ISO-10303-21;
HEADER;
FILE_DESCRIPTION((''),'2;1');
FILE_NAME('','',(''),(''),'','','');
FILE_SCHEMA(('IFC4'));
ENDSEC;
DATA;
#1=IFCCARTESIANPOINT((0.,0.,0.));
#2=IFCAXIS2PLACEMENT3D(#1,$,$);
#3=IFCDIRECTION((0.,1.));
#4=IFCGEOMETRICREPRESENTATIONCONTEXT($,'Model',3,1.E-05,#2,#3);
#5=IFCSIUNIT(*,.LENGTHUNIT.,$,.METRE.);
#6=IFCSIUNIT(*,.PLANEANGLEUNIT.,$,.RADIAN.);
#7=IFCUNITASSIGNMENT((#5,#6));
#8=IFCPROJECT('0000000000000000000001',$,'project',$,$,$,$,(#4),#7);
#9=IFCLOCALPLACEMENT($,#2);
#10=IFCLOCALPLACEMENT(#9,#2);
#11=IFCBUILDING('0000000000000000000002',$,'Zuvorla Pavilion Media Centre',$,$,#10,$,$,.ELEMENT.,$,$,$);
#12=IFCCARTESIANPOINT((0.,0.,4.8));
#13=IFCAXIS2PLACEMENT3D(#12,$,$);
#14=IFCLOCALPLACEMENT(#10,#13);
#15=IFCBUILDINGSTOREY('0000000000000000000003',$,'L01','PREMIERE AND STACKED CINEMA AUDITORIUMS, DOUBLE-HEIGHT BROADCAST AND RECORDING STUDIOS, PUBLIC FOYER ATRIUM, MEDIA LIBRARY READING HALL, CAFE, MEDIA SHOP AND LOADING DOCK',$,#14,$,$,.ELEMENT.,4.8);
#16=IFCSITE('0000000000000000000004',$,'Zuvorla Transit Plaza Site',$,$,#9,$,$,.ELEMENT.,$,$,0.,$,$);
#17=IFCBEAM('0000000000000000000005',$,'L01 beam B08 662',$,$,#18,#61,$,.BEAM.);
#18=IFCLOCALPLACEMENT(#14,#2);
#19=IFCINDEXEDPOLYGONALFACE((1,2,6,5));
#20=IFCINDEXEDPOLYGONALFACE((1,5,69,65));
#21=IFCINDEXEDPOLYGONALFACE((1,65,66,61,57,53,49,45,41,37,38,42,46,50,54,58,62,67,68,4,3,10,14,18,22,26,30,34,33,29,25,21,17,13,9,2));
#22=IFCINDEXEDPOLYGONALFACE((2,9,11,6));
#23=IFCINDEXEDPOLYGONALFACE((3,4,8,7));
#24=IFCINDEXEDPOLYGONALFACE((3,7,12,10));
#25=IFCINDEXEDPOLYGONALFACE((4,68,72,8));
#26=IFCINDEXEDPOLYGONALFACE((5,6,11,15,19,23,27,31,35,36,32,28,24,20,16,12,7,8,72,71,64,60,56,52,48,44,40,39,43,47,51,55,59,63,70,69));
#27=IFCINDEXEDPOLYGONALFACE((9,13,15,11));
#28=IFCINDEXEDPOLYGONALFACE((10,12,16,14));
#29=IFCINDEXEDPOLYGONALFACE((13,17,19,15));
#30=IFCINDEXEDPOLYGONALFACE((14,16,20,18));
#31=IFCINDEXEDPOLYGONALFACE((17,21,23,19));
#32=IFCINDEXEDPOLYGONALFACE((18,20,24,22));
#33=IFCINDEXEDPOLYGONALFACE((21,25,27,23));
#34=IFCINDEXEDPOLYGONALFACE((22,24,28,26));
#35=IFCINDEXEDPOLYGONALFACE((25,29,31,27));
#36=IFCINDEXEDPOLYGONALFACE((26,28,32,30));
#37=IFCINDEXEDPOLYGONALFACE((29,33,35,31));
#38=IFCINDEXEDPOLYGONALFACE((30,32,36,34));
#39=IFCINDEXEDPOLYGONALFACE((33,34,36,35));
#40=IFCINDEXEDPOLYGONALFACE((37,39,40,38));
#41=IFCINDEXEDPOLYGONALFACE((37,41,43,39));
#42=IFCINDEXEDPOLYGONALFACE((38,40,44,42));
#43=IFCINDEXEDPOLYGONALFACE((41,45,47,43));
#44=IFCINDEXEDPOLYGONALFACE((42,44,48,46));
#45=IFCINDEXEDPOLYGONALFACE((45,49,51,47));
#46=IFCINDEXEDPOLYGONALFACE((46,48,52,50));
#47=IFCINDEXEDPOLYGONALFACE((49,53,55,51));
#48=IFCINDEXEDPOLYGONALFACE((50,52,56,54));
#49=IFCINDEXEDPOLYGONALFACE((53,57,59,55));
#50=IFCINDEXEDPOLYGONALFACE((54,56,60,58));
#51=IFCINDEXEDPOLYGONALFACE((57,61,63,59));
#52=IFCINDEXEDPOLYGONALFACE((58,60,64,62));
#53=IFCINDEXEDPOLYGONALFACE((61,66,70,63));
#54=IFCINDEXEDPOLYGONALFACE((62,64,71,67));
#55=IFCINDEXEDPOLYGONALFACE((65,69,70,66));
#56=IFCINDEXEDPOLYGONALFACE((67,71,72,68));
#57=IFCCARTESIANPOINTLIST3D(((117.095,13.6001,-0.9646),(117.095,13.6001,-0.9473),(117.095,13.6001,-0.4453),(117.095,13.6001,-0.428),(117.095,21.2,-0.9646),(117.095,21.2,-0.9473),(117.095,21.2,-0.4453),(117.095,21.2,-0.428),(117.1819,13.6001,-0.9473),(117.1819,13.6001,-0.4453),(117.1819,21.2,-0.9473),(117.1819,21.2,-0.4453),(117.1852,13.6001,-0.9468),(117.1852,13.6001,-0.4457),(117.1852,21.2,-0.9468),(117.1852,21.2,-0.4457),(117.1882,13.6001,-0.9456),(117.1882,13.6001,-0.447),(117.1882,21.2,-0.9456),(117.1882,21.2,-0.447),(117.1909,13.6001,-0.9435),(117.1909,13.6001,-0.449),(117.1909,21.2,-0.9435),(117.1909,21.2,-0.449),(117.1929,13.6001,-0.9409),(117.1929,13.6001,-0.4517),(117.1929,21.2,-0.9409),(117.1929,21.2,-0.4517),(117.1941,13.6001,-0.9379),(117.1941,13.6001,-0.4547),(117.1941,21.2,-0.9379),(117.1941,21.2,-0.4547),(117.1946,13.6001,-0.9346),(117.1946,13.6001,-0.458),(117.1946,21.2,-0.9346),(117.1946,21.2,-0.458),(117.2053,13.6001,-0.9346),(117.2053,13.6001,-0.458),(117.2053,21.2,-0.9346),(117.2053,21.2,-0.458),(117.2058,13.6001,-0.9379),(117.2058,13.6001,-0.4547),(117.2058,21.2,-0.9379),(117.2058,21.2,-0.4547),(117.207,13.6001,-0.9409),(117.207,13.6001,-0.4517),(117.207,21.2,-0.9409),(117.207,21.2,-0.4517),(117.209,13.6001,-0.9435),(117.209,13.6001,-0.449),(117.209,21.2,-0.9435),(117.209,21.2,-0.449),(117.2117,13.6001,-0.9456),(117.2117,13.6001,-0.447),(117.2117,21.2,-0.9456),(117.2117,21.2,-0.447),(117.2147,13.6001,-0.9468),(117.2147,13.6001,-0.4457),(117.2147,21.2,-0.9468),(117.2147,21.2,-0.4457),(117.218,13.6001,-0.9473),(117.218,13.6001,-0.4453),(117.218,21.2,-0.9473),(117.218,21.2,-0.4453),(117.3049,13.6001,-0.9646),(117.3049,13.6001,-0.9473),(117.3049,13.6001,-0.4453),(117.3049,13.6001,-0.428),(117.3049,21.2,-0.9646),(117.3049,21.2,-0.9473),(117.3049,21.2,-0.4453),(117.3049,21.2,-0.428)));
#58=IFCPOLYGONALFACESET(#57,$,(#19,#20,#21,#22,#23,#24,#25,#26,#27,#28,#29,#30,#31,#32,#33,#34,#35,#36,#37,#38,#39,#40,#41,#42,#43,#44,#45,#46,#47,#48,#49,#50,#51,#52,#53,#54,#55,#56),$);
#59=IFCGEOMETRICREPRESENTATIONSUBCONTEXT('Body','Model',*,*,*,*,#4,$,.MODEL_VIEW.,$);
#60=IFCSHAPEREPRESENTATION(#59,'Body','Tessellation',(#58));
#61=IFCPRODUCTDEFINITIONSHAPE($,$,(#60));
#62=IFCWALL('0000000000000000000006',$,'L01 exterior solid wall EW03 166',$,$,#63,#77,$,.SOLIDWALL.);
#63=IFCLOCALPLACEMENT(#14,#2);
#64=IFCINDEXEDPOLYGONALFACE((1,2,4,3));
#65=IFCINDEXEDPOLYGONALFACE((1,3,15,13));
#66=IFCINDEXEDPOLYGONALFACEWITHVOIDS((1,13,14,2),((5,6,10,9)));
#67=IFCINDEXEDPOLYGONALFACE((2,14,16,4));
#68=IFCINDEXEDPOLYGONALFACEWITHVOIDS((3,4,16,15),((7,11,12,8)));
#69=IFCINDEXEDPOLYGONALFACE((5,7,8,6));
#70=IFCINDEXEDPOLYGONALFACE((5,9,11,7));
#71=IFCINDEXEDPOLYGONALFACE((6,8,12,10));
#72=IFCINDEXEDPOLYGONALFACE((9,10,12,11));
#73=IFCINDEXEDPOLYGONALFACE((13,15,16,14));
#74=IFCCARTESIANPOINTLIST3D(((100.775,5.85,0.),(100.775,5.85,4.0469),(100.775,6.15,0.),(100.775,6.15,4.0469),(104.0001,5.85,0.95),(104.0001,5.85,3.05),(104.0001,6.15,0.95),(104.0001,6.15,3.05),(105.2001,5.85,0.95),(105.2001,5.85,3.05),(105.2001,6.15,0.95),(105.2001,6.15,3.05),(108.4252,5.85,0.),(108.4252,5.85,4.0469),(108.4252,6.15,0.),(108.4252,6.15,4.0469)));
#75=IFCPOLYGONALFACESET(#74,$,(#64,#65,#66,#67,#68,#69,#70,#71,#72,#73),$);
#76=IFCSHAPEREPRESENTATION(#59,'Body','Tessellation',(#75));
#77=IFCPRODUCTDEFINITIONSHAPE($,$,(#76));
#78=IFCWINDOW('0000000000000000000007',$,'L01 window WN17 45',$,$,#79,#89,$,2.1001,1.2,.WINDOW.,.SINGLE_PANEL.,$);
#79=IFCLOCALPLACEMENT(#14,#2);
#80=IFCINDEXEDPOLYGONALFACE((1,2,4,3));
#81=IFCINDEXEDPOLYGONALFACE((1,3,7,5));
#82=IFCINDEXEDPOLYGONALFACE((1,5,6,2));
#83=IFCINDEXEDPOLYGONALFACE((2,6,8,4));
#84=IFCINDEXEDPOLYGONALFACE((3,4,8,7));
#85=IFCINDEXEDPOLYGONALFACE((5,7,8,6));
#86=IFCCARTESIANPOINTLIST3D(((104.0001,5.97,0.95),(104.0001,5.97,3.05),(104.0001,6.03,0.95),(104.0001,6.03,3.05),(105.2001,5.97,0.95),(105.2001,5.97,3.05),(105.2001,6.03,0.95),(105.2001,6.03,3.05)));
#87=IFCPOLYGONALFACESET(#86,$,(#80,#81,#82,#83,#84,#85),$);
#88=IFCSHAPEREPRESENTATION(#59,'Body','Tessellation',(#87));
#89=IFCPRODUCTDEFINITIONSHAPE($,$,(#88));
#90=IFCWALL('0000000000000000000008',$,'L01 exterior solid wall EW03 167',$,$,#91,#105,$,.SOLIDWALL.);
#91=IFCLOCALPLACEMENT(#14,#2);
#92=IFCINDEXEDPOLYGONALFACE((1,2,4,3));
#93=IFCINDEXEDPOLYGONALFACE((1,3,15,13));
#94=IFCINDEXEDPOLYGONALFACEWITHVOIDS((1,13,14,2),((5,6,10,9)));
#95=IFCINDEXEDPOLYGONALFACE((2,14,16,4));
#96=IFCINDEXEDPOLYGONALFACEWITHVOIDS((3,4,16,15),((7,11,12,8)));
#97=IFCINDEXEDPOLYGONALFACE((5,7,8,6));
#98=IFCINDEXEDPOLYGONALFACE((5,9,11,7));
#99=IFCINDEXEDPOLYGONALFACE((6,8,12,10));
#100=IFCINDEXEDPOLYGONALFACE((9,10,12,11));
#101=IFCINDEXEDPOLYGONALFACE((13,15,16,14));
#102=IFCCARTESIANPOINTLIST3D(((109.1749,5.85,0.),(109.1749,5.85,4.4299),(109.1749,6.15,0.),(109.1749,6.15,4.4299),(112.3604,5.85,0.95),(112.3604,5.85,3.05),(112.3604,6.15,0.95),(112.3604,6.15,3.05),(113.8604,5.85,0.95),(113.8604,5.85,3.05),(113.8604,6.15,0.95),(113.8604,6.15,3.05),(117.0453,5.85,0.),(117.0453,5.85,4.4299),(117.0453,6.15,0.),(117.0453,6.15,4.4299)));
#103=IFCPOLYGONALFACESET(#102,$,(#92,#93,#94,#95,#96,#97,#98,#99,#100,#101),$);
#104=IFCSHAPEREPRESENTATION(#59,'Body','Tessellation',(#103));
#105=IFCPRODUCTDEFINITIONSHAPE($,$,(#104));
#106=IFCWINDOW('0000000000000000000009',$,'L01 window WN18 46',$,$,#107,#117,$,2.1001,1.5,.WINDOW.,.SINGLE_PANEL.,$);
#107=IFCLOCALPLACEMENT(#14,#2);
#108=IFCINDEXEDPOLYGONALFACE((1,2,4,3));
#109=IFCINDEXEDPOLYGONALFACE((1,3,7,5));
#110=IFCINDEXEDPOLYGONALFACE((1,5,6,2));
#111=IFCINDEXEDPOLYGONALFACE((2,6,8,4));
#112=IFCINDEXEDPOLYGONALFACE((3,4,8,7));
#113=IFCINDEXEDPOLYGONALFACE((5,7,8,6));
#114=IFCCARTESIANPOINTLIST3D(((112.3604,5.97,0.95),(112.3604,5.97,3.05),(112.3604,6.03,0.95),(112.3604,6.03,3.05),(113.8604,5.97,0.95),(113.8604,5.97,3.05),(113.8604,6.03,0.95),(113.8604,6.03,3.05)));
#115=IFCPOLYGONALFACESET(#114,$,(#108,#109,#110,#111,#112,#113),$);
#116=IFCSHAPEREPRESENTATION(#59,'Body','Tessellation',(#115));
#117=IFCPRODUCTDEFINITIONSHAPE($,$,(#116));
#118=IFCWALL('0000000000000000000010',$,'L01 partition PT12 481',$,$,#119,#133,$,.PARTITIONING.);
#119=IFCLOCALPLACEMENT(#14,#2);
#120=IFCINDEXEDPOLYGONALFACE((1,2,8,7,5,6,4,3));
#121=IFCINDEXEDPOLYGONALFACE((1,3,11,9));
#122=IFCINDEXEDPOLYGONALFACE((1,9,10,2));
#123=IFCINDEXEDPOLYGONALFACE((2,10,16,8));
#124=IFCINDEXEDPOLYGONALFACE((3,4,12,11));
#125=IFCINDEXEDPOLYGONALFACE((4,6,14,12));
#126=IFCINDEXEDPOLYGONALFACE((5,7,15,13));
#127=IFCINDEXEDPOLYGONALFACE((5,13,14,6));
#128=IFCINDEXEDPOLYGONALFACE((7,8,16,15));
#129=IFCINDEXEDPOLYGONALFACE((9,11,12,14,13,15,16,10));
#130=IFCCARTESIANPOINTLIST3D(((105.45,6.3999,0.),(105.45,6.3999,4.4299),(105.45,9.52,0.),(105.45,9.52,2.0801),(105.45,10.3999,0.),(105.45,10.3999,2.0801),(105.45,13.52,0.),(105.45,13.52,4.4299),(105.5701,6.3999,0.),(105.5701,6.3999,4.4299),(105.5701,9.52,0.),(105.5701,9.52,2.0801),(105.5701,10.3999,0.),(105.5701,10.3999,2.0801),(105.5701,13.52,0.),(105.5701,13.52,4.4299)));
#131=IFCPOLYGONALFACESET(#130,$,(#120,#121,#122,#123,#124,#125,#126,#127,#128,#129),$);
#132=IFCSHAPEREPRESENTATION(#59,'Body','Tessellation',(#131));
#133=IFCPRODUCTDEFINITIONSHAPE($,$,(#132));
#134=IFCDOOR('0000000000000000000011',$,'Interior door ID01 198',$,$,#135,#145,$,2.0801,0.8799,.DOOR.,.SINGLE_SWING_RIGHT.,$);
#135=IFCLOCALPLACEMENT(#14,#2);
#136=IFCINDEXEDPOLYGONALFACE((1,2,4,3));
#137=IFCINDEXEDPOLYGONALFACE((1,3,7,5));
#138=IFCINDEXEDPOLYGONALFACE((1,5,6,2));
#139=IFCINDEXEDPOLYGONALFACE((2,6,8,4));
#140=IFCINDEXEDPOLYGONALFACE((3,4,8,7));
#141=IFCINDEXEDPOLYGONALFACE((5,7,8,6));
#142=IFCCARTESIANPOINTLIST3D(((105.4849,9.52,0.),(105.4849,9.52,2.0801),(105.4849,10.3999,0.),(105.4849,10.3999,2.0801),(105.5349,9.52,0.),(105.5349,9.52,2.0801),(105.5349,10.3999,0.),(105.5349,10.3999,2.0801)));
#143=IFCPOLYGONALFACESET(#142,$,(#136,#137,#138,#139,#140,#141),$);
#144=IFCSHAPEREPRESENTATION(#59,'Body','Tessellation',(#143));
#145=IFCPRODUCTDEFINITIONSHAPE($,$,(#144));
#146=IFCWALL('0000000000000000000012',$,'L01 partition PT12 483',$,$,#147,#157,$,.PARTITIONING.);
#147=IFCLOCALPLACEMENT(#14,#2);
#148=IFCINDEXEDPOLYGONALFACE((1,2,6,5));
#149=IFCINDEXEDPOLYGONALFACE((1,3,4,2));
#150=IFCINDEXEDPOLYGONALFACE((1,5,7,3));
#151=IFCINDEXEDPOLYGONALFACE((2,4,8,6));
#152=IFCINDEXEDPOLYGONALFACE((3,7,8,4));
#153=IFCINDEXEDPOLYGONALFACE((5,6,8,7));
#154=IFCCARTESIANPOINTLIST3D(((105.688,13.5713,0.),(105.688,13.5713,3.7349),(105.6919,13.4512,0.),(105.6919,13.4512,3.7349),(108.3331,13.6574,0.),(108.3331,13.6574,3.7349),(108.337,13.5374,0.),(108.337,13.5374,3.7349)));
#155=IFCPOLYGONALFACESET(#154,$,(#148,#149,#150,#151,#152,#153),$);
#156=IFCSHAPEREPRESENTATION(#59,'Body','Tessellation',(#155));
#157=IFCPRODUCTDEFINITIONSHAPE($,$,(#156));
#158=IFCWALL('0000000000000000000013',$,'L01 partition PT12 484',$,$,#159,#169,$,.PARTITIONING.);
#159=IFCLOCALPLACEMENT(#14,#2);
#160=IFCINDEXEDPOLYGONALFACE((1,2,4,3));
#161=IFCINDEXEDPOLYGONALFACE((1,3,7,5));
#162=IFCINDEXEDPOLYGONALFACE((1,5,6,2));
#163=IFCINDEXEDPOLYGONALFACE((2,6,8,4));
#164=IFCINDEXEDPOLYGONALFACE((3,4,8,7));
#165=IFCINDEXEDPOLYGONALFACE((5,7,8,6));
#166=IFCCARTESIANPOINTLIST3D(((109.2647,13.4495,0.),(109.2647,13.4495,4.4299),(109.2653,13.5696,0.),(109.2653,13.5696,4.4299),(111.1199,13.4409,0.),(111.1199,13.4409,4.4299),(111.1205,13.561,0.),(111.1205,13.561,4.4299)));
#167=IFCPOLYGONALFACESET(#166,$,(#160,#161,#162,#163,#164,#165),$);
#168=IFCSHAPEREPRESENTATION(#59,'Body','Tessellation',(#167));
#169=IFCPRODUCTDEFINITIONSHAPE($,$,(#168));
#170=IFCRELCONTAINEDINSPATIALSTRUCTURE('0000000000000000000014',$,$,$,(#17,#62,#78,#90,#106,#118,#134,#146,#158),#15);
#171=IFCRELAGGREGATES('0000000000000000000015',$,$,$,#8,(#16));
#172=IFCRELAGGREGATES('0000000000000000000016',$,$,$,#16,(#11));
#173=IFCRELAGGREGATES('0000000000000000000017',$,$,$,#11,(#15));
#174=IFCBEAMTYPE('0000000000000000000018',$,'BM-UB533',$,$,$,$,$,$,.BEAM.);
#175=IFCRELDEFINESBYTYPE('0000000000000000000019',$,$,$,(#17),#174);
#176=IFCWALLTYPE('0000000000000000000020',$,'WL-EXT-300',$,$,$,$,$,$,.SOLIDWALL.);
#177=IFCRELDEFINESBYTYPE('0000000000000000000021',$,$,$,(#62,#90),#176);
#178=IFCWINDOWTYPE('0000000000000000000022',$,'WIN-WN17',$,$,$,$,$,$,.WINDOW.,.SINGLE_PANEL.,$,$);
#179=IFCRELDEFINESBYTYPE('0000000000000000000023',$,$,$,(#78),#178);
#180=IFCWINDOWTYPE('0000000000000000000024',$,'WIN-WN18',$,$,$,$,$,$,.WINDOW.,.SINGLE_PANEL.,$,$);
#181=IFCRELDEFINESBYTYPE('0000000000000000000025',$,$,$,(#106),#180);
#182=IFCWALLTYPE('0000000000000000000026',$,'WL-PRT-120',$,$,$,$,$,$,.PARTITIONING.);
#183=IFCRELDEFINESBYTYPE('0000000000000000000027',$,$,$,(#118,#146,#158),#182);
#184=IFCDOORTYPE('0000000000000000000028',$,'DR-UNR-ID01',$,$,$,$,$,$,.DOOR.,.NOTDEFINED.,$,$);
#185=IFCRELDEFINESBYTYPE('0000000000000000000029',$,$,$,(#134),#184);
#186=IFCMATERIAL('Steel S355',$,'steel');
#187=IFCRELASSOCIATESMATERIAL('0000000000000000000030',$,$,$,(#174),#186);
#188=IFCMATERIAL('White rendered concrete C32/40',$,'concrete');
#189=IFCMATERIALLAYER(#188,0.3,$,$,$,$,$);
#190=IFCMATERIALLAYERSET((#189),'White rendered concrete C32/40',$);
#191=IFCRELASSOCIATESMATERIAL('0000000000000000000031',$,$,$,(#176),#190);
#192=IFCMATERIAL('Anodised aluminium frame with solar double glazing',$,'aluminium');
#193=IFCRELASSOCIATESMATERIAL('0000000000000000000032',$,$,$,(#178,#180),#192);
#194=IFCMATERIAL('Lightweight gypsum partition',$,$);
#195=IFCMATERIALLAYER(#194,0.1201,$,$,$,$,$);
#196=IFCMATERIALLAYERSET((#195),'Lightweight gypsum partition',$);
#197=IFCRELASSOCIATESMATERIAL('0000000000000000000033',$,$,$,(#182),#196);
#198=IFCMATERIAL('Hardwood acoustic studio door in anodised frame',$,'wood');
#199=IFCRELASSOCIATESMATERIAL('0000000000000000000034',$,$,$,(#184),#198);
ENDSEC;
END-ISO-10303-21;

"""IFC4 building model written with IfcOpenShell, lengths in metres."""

from ifc_helpers import new_model, si_unit, direction, frame, frame_2d, origin, origin_2d, place, context, subcontext, project, spatial, rectangle, i_section, extrude, material, layer, layer_set, material_profile, profile_set, type_object, element, fill, save


model = new_model("IFC4")

# Units and contexts
model_context = context("Model", 3, precision=1e-05, world=origin(), true_north=direction((0.0, 1.0)))
body_context = subcontext(model_context, "Body", "Model", "MODEL_VIEW")
ifc_project = project(units=[si_unit("LENGTHUNIT", "METRE"), si_unit("PLANEANGLEUNIT", "RADIAN")], contexts=[model_context])

# Site, building, storey
site_placement = place(None, origin())
site = spatial("IfcSite", under=ifc_project, at=site_placement, Name="Zuvorla Transit Plaza Site", CompositionType="ELEMENT", RefElevation=0.0)
building_placement = place(site_placement, origin())
building = spatial("IfcBuilding", under=site, at=building_placement, Name="Zuvorla Pavilion Media Centre", CompositionType="ELEMENT")
storey_placement = place(building_placement, frame((0.0, 0.0, 4.8)))
storey = spatial("IfcBuildingStorey", under=building, at=storey_placement, Name="L01", Description="PREMIERE AND STACKED CINEMA AUDITORIUMS, DOUBLE-HEIGHT BROADCAST AND RECORDING STUDIOS, PUBLIC FOYER ATRIUM, MEDIA LIBRARY READING HALL, CAFE, MEDIA SHOP AND LOADING DOCK", CompositionType="ELEMENT", Elevation=4.8)

# Shared definitions
ifc_material_1 = material(Name="Steel S355", Category="steel")

# Beam
ifc_material_profile_1 = material_profile(ifc_material_1, i_section(OverallWidth=0.21, OverallDepth=0.5366, WebThickness=0.0107, FlangeThickness=0.0173, FilletRadius=0.0127, at=origin_2d()), Name="UB 533x210x101")
ifc_profile_set_1 = profile_set([ifc_material_profile_1], Name="Steel S355")
beam_type_1 = type_object("IfcBeamType", Name="BM-UB533", PredefinedType="BEAM", material=ifc_profile_set_1)
beam_1_placement = place(storey_placement, frame((117.2, 13.6001, -0.6963), z_axis=(0.0, 1.0, 0.0), x_axis=(-1.0, 0.0, 0.0)))
element("IfcBeam", 1, at=beam_1_placement, inside=storey, type_object=beam_type_1, Name="L01 beam B08 662", PredefinedType="BEAM", context=body_context, shape_type="SweptSolid", body=[
    extrude(i_section(OverallWidth=0.21, OverallDepth=0.5366, WebThickness=0.0107, FlangeThickness=0.0173, FilletRadius=0.0127, at=origin_2d()), origin(), (0.0, 0.0, 1.0), 7.5999),
])

# Walls, openings, windows
ifc_material_2 = material(Name="White rendered concrete C32/40", Category="concrete")
ifc_layer_1 = layer(ifc_material_2, 0.3)
ifc_layer_set_1 = layer_set([ifc_layer_1], Name="White rendered concrete C32/40")
wall_type_1 = type_object("IfcWallType", Name="WL-EXT-300", PredefinedType="SOLIDWALL", material=ifc_layer_set_1)
wall_1_placement = place(storey_placement, frame((100.7749, 6.0, 0.0), z_axis=(0.0, 0.0, 1.0), x_axis=(1.0, 0.0, 0.0)))
wall_1 = element("IfcWall", 2, at=wall_1_placement, inside=storey, type_object=wall_type_1, Name="L01 exterior solid wall EW03 166", PredefinedType="SOLIDWALL", context=body_context, shape_type="SweptSolid", body=[
    extrude(rectangle(XDim=7.6501, YDim=0.3, at=frame_2d((3.8252, 0.0))), origin(), (0.0, 0.0, 1.0), 4.0469),
])
opening_1_placement = place(wall_1_placement, frame((3.2251, 0.0, 0.95)))
opening_1 = element("IfcOpeningElement", 3, at=opening_1_placement, cuts=wall_1, PredefinedType="OPENING", context=body_context, shape_type="SweptSolid", body=[
    extrude(rectangle(XDim=1.2, YDim=2.1001, at=frame_2d((0.6001, 1.05))), frame((0.0, 0.1599, 0.0), z_axis=(0.0, -1.0, 0.0), x_axis=(1.0, 0.0, 0.0)), (0.0, 0.0, 1.0), 0.3201),
])
ifc_material_3 = material(Name="Anodised aluminium frame with solar double glazing", Category="aluminium")
window_type_1 = type_object("IfcWindowType", Name="WIN-WN17", PartitioningType="SINGLE_PANEL", PredefinedType="WINDOW", material=ifc_material_3)
window_1_placement = place(opening_1_placement, origin())
window_1 = element("IfcWindow", 4, at=window_1_placement, inside=storey, type_object=window_type_1, Name="L01 window WN17 45", OverallHeight=2.1001, OverallWidth=1.2, PartitioningType="SINGLE_PANEL", PredefinedType="WINDOW", context=body_context, shape_type="SweptSolid", body=[
    extrude(rectangle(XDim=1.2, YDim=2.1001, at=frame_2d((0.6001, 1.05))), frame((0.0, 0.03, 0.0), z_axis=(0.0, -1.0, 0.0), x_axis=(1.0, 0.0, 0.0)), (0.0, 0.0, 1.0), 0.0601),
])
fill(opening_1, window_1)
wall_2_placement = place(storey_placement, frame((109.175, 6.0, 0.0), z_axis=(0.0, 0.0, 1.0), x_axis=(1.0, 0.0, 0.0)))
wall_2 = element("IfcWall", 5, at=wall_2_placement, inside=storey, type_object=wall_type_1, Name="L01 exterior solid wall EW03 167", PredefinedType="SOLIDWALL", context=body_context, shape_type="SweptSolid", body=[
    extrude(rectangle(XDim=7.8704, YDim=0.3, at=frame_2d((3.9351, 0.0))), origin(), (0.0, 0.0, 1.0), 4.4299),
])
opening_2_placement = place(wall_2_placement, frame((3.1853, 0.0, 0.95)))
opening_2 = element("IfcOpeningElement", 6, at=opening_2_placement, cuts=wall_2, PredefinedType="OPENING", context=body_context, shape_type="SweptSolid", body=[
    extrude(rectangle(XDim=1.5, YDim=2.1001, at=frame_2d((0.75, 1.05))), frame((0.0, 0.1599, 0.0), z_axis=(0.0, -1.0, 0.0), x_axis=(1.0, 0.0, 0.0)), (0.0, 0.0, 1.0), 0.3201),
])
window_type_2 = type_object("IfcWindowType", Name="WIN-WN18", PartitioningType="SINGLE_PANEL", PredefinedType="WINDOW", material=ifc_material_3)
window_2_placement = place(opening_2_placement, origin())
window_2 = element("IfcWindow", 7, at=window_2_placement, inside=storey, type_object=window_type_2, Name="L01 window WN18 46", OverallHeight=2.1001, OverallWidth=1.5, PartitioningType="SINGLE_PANEL", PredefinedType="WINDOW", context=body_context, shape_type="SweptSolid", body=[
    extrude(rectangle(XDim=1.5, YDim=2.1001, at=frame_2d((0.75, 1.05))), frame((0.0, 0.03, 0.0), z_axis=(0.0, -1.0, 0.0), x_axis=(1.0, 0.0, 0.0)), (0.0, 0.0, 1.0), 0.0601),
])
fill(opening_2, window_2)

# Wall, opening, door
ifc_material_4 = material(Name="Lightweight gypsum partition")
ifc_layer_2 = layer(ifc_material_4, 0.1201)
ifc_layer_set_2 = layer_set([ifc_layer_2], Name="Lightweight gypsum partition")
wall_type_2 = type_object("IfcWallType", Name="WL-PRT-120", PredefinedType="PARTITIONING", material=ifc_layer_set_2)
wall_3_placement = place(storey_placement, frame((105.51, 13.52, 0.0), z_axis=(0.0, 0.0, 1.0), x_axis=(0.0, -1.0, 0.0)))
wall_3 = element("IfcWall", 8, at=wall_3_placement, inside=storey, type_object=wall_type_2, Name="L01 partition PT12 481", PredefinedType="PARTITIONING", context=body_context, shape_type="SweptSolid", body=[
    extrude(rectangle(XDim=7.1201, YDim=0.1201, at=frame_2d((3.5601, 0.0))), origin(), (0.0, 0.0, 1.0), 4.4299),
])
opening_3_placement = place(wall_3_placement, frame((3.1201, 0.0, 0.0)))
opening_3 = element("IfcOpeningElement", 9, at=opening_3_placement, cuts=wall_3, PredefinedType="OPENING", context=body_context, shape_type="SweptSolid", body=[
    extrude(rectangle(XDim=0.8799, YDim=2.0801, at=frame_2d((0.4399, 1.04))), frame((0.0, 0.0701, 0.0), z_axis=(0.0, -1.0, 0.0), x_axis=(1.0, 0.0, 0.0)), (0.0, 0.0, 1.0), 0.1401),
])
ifc_material_5 = material(Name="Hardwood acoustic studio door in anodised frame", Category="wood")
door_type_1 = type_object("IfcDoorType", Name="DR-UNR-ID01", OperationType="NOTDEFINED", PredefinedType="DOOR", material=ifc_material_5)
door_1_placement = place(opening_3_placement, origin())
door_1 = element("IfcDoor", 10, at=door_1_placement, inside=storey, type_object=door_type_1, Name="Interior door ID01 198", OperationType="SINGLE_SWING_RIGHT", OverallHeight=2.0801, OverallWidth=0.8799, PredefinedType="DOOR", context=body_context, shape_type="SweptSolid", body=[
    extrude(rectangle(XDim=0.8799, YDim=2.0801, at=frame_2d((0.4399, 1.04))), frame((0.0, 0.0249, 0.0), z_axis=(0.0, -1.0, 0.0), x_axis=(1.0, 0.0, 0.0)), (0.0, 0.0, 1.0), 0.05),
])
fill(opening_3, door_1)

# Walls
wall_4_placement = place(storey_placement, frame((105.6899, 13.5112, 0.0), z_axis=(0.0, 0.0, 1.0), x_axis=(0.99947, 0.032565, 0.0)))
element("IfcWall", 11, at=wall_4_placement, inside=storey, type_object=wall_type_2, Name="L01 partition PT12 483", PredefinedType="PARTITIONING", context=body_context, shape_type="SweptSolid", body=[
    extrude(rectangle(XDim=2.6465, YDim=0.1201, at=frame_2d((1.3232, 0.0))), origin(), (0.0, 0.0, 1.0), 3.7349),
])
wall_5_placement = place(storey_placement, frame((109.2649, 13.5095, 0.0), z_axis=(0.0, 0.0, 1.0), x_axis=(0.999989, -0.004606, 0.0)))
element("IfcWall", 12, at=wall_5_placement, inside=storey, type_object=wall_type_2, Name="L01 partition PT12 484", PredefinedType="PARTITIONING", context=body_context, shape_type="SweptSolid", body=[
    extrude(rectangle(XDim=1.8552, YDim=0.1201, at=frame_2d((0.9277, 0.0))), origin(), (0.0, 0.0, 1.0), 4.4299),
])

save(model, "model.ifc")
